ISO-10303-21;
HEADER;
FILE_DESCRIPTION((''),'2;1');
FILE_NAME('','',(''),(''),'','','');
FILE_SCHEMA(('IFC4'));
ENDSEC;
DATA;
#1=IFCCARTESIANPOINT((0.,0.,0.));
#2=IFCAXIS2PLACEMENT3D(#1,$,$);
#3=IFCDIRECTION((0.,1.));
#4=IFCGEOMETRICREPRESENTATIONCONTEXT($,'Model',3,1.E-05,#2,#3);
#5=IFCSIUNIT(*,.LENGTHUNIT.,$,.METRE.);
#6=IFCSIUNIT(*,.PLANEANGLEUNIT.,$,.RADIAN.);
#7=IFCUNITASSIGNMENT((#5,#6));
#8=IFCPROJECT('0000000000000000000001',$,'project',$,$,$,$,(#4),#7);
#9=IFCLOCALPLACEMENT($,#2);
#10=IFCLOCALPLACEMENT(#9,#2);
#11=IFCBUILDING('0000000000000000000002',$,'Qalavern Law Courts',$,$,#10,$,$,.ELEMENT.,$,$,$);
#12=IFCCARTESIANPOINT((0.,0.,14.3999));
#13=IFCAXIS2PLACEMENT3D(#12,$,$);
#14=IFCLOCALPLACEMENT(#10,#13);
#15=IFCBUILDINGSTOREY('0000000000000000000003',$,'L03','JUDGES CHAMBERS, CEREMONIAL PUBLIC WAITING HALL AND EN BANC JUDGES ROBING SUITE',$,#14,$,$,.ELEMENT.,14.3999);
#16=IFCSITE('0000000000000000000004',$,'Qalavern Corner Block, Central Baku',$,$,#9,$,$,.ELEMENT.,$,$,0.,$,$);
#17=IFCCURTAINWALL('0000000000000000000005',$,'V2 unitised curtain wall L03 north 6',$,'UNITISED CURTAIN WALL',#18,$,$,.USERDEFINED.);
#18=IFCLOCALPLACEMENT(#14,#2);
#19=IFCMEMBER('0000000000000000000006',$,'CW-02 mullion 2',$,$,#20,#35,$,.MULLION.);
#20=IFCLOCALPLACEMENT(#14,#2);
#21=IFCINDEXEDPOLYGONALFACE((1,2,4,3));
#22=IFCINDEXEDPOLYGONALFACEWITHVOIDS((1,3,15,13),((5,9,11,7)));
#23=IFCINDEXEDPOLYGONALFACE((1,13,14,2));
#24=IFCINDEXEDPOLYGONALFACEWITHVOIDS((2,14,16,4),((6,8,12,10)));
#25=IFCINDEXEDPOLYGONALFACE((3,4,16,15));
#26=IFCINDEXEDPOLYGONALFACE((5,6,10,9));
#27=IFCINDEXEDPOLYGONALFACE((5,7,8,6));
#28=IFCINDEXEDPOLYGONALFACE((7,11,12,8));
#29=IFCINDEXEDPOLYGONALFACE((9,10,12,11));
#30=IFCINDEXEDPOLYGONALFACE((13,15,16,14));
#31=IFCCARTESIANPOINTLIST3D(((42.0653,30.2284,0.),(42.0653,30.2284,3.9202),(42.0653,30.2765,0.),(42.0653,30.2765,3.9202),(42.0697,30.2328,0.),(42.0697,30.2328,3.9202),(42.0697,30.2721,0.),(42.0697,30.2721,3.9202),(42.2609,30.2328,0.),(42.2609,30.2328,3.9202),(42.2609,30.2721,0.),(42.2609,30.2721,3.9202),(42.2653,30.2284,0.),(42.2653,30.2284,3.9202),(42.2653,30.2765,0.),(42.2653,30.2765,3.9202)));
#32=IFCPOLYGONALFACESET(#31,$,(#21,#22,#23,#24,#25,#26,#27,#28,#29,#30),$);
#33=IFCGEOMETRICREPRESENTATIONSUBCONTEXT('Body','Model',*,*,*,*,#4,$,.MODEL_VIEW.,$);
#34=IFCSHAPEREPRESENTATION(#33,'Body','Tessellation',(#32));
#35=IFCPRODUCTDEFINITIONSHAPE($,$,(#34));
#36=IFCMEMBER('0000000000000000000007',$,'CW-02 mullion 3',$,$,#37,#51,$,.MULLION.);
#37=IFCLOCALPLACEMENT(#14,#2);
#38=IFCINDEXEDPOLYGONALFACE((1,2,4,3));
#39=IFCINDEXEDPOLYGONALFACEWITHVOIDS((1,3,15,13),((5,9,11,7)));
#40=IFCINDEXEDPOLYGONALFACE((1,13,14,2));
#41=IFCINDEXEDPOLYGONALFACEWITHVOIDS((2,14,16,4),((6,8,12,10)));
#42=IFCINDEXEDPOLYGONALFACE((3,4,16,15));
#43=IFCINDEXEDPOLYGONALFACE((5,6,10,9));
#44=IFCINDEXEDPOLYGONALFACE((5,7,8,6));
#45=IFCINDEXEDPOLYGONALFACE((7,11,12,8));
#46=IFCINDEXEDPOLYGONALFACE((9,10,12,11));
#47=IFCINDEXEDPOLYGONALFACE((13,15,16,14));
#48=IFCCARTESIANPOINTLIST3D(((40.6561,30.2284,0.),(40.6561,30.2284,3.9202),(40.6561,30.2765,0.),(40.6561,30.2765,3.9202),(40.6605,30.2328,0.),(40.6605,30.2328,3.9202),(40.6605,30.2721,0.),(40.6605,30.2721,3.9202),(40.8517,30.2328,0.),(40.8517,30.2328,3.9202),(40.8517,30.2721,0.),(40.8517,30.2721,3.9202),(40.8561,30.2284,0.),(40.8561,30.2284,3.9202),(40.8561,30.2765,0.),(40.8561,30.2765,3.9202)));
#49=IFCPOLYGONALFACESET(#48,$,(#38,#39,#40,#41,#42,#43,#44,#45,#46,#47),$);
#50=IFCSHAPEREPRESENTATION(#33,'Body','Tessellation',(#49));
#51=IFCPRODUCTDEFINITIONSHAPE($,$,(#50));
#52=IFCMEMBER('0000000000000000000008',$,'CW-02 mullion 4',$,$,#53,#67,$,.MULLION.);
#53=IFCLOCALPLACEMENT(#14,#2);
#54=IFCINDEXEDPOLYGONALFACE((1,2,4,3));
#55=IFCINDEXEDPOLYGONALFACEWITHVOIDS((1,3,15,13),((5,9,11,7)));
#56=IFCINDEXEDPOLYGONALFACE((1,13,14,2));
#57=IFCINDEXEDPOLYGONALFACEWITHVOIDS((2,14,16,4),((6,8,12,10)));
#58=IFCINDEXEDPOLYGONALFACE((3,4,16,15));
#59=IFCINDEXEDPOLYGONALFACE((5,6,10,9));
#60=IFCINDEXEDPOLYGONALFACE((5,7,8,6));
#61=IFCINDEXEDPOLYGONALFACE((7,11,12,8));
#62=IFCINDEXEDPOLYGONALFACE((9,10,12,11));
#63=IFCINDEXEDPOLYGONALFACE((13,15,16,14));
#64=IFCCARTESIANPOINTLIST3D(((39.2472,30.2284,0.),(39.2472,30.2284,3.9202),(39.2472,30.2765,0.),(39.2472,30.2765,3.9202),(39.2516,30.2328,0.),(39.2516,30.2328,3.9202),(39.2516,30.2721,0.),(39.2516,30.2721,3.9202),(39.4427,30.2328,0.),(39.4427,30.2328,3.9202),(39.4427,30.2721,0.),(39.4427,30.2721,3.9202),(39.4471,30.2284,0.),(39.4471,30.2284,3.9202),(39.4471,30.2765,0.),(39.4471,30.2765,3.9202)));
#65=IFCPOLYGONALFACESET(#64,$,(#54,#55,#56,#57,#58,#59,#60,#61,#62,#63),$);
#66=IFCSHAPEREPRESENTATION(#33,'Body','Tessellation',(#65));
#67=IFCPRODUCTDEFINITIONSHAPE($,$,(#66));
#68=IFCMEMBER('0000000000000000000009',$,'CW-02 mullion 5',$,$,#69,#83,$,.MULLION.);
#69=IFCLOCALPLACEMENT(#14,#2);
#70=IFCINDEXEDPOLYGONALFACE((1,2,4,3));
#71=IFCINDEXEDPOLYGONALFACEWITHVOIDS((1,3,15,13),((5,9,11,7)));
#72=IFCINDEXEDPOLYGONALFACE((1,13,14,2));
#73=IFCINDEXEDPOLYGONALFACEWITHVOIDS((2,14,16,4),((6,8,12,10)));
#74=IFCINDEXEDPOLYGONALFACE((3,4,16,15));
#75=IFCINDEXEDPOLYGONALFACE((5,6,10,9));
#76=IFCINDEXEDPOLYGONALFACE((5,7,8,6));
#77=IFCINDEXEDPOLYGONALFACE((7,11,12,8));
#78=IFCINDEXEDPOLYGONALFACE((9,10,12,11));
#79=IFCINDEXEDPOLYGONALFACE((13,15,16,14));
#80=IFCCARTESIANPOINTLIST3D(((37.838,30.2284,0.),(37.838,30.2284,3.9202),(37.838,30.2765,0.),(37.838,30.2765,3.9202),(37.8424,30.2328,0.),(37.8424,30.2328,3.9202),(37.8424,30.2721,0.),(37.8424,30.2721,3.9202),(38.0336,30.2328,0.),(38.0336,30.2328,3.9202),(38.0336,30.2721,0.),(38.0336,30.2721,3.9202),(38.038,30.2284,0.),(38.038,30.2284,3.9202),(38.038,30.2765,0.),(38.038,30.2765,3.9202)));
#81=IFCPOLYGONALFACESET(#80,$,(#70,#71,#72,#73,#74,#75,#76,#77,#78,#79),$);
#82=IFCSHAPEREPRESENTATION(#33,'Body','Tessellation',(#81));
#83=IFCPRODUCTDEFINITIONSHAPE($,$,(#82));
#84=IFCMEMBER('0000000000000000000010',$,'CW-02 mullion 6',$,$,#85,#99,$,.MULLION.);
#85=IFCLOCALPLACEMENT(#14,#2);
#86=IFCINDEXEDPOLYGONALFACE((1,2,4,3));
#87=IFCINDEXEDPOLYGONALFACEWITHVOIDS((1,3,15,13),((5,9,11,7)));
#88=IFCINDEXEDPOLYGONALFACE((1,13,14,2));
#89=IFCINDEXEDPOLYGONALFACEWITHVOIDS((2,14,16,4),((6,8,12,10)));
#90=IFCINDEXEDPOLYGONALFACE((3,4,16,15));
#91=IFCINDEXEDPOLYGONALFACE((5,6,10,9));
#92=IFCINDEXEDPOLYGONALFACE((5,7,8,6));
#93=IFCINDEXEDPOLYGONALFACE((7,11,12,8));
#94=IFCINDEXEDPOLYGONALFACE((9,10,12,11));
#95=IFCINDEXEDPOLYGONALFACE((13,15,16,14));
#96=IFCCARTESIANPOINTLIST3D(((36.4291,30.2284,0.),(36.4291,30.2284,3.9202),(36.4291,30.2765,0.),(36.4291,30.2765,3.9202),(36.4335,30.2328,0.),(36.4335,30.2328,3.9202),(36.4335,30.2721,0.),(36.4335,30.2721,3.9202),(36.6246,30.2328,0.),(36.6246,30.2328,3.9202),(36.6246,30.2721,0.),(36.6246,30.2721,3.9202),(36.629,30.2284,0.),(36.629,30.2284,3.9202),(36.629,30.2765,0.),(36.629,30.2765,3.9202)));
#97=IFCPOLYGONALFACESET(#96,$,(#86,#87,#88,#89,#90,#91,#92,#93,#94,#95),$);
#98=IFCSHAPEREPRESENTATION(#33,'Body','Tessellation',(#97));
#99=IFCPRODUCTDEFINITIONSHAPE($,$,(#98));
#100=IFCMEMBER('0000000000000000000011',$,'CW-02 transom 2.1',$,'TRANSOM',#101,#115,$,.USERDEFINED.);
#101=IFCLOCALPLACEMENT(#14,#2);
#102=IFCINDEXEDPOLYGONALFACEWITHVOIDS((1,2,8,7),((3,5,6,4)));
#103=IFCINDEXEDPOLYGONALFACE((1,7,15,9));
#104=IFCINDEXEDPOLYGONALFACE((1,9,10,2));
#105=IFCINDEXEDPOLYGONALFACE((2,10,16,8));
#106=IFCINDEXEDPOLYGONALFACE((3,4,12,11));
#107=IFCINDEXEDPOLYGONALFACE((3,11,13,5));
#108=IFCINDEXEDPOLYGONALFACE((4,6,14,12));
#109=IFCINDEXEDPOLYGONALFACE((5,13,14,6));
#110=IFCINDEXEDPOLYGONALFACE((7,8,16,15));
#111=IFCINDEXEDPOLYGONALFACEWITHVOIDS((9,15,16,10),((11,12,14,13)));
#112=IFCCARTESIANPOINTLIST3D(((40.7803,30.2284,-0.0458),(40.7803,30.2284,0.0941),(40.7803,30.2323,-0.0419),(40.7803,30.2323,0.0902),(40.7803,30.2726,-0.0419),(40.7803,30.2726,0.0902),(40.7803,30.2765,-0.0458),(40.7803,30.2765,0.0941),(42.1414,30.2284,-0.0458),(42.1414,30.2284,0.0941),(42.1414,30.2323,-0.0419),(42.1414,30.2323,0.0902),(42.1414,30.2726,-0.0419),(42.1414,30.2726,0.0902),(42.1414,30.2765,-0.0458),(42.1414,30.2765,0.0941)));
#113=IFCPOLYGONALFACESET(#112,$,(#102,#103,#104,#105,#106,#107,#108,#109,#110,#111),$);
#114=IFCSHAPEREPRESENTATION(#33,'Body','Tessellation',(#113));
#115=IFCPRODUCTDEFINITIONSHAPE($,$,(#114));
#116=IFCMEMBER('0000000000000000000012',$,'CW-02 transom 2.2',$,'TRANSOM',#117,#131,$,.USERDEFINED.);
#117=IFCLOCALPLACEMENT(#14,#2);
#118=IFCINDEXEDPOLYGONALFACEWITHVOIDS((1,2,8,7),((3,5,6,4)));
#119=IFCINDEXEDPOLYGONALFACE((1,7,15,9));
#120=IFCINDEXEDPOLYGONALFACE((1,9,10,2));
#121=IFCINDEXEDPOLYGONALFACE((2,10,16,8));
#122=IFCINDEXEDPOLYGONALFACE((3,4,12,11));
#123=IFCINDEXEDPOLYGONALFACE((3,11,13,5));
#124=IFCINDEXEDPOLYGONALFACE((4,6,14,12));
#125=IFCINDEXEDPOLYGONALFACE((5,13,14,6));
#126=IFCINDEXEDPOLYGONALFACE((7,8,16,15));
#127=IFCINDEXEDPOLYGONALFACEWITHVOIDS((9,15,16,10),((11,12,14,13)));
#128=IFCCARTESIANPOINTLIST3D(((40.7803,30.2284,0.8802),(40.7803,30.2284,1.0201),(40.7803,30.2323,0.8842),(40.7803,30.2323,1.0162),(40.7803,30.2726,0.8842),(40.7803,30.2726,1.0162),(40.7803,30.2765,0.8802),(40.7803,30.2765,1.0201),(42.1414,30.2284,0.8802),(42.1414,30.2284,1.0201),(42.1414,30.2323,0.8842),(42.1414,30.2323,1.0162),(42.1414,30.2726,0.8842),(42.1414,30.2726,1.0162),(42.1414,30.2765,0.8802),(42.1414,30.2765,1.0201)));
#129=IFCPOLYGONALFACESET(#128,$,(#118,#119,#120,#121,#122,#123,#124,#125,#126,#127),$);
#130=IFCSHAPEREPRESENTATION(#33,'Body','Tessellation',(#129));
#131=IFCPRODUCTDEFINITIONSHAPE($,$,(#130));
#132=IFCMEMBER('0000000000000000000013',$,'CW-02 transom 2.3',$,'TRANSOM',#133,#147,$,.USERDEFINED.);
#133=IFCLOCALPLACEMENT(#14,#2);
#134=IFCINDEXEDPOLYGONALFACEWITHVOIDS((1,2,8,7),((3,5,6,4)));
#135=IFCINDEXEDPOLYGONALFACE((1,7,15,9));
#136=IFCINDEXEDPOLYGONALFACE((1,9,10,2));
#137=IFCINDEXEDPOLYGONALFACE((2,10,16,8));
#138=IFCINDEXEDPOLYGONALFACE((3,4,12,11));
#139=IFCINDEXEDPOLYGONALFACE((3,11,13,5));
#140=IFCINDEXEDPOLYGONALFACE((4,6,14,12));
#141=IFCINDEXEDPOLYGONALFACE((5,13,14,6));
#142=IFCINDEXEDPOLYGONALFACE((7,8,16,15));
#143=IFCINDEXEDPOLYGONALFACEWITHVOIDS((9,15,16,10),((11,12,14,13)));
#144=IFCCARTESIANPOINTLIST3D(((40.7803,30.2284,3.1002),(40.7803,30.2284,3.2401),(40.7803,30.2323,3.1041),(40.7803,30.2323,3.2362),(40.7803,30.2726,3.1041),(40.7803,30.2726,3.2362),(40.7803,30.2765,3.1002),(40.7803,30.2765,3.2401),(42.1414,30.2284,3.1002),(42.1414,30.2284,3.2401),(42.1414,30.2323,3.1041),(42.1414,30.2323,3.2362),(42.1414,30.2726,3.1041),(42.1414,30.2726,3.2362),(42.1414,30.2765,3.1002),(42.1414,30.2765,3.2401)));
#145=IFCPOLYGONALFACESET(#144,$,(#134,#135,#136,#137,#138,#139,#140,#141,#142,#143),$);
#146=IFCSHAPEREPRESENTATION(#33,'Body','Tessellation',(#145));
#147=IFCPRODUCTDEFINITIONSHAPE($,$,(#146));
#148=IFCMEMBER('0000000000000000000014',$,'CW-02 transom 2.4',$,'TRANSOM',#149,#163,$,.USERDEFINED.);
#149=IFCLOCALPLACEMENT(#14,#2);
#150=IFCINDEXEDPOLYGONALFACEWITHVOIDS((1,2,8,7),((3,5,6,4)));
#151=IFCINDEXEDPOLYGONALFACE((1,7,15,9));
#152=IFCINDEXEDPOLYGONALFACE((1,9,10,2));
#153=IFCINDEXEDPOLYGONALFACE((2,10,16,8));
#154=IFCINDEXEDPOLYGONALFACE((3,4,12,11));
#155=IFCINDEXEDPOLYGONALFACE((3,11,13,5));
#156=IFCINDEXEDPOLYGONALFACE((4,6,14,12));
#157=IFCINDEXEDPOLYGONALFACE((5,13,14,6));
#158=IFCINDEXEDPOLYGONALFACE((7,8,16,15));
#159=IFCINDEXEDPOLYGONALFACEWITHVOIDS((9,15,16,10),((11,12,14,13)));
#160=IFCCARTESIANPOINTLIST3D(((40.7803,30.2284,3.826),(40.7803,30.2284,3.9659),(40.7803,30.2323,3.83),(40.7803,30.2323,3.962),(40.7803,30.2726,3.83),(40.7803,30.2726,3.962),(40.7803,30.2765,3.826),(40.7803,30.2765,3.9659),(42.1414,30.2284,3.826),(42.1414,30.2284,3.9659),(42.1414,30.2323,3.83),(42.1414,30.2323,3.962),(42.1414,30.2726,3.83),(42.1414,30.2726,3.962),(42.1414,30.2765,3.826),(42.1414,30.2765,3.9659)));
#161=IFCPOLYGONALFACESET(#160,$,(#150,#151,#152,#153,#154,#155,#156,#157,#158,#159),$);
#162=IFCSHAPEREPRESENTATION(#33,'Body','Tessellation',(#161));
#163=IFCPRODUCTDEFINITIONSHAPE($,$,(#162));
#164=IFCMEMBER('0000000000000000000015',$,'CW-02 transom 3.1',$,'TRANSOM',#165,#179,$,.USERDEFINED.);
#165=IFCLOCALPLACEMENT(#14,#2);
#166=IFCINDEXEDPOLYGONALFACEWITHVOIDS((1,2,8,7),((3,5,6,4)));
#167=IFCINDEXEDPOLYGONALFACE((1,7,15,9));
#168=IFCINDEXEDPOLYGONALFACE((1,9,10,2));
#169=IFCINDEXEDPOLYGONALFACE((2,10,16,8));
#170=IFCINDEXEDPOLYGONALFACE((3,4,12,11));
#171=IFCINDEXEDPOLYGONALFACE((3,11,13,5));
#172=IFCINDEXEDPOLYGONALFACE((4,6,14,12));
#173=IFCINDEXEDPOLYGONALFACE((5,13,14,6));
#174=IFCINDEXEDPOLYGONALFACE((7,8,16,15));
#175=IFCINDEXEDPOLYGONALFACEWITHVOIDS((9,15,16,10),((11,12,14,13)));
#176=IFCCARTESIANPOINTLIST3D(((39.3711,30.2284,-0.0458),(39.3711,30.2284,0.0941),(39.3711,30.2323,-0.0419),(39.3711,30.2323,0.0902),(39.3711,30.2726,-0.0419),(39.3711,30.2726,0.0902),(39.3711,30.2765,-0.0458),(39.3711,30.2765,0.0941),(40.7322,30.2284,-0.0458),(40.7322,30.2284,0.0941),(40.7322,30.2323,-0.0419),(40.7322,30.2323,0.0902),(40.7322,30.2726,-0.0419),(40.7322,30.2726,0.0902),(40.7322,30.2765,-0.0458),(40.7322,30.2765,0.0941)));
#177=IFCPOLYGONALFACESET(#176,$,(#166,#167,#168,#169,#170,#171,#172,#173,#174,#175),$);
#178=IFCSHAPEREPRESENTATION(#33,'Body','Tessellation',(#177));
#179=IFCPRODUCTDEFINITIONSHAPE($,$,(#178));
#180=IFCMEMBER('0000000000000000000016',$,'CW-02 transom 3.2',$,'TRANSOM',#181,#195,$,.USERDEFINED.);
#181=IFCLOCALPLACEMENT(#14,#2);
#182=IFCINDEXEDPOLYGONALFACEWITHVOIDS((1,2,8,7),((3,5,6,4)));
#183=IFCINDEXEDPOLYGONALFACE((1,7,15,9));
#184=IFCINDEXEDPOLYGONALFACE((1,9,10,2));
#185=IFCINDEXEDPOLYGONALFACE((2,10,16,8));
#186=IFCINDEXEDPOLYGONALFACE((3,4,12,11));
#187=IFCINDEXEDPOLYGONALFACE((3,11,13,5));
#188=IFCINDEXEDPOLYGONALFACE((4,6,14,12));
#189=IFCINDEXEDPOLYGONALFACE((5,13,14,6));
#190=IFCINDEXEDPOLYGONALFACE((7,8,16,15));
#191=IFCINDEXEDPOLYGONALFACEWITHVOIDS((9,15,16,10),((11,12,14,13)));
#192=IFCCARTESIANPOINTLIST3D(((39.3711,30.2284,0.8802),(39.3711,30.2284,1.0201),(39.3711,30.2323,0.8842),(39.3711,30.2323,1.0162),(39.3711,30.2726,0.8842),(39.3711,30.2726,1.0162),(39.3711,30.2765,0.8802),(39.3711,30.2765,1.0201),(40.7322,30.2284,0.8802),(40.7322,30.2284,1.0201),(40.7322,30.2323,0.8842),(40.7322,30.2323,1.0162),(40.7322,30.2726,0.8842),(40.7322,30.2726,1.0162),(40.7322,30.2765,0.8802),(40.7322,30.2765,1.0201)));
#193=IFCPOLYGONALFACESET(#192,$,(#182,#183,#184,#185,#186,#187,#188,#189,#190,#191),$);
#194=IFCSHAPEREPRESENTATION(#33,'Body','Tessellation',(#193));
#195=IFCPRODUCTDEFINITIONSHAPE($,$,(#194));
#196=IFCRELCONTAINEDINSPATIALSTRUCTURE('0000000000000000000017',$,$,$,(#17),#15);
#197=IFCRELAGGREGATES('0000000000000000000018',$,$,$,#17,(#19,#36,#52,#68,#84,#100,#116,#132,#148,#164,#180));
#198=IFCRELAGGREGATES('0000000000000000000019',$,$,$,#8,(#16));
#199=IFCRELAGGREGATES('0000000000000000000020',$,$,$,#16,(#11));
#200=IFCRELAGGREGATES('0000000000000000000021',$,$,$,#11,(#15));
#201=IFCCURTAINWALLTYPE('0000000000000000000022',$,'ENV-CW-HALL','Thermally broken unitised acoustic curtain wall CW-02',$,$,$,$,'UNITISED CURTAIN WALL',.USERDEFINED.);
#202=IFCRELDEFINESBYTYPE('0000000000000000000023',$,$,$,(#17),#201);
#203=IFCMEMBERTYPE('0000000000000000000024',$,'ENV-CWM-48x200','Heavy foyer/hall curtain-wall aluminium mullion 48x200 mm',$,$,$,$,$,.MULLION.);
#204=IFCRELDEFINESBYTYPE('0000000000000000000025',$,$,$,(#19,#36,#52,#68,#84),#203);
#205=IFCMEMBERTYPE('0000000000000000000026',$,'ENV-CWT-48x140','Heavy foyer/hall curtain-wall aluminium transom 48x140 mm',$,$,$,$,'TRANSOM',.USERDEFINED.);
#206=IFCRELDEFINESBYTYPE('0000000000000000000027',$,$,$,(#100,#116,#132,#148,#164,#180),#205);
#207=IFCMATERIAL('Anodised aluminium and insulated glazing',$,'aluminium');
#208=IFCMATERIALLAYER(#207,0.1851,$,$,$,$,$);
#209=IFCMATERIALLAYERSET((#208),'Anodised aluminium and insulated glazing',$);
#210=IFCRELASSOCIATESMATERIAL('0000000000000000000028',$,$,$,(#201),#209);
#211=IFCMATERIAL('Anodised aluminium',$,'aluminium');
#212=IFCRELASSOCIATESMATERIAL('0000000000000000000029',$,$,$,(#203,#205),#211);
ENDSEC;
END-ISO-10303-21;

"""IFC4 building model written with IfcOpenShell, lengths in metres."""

from ifc_helpers import new_model, si_unit, direction, frame, origin, origin_2d, place, context, subcontext, project, spatial, hollow_rectangle, extrude, material, layer, layer_set, material_profile, profile_set, type_object, element, aggregate, save


model = new_model("IFC4")

# Units and contexts
model_context = context("Model", 3, precision=1e-05, world=origin(), true_north=direction((0.0, 1.0)))
body_context = subcontext(model_context, "Body", "Model", "MODEL_VIEW")
ifc_project = project(units=[si_unit("LENGTHUNIT", "METRE"), si_unit("PLANEANGLEUNIT", "RADIAN")], contexts=[model_context])

# Site, building, storey
site_placement = place(None, origin())
site = spatial("IfcSite", under=ifc_project, at=site_placement, Name="Qalavern Corner Block, Central Baku", CompositionType="ELEMENT", RefElevation=0.0)
building_placement = place(site_placement, origin())
building = spatial("IfcBuilding", under=site, at=building_placement, Name="Qalavern Law Courts", CompositionType="ELEMENT")
storey_placement = place(building_placement, frame((0.0, 0.0, 14.3999)))
storey = spatial("IfcBuildingStorey", under=building, at=storey_placement, Name="L03", Description="JUDGES CHAMBERS, CEREMONIAL PUBLIC WAITING HALL AND EN BANC JUDGES ROBING SUITE", CompositionType="ELEMENT", Elevation=14.3999)

# Curtain wall, members
ifc_material_1 = material(Name="Anodised aluminium and insulated glazing", Category="aluminium")
ifc_layer_1 = layer(ifc_material_1, 0.1851)
ifc_layer_set_1 = layer_set([ifc_layer_1], Name="Anodised aluminium and insulated glazing")
curtain_wall_type = type_object("IfcCurtainWallType", Name="ENV-CW-HALL", Description="Thermally broken unitised acoustic curtain wall CW-02", ElementType="UNITISED CURTAIN WALL", PredefinedType="USERDEFINED", material=ifc_layer_set_1)
curtain_wall_placement = place(storey_placement, origin())
curtain_wall = element("IfcCurtainWall", 1, at=curtain_wall_placement, inside=storey, type_object=curtain_wall_type, Name="V2 unitised curtain wall L03 north 6", ObjectType="UNITISED CURTAIN WALL", PredefinedType="USERDEFINED")
ifc_material_2 = material(Name="Anodised aluminium", Category="aluminium")
ifc_material_profile_1 = material_profile(ifc_material_2, hollow_rectangle(XDim=0.0481, YDim=0.2, WallThickness=0.0044, at=origin_2d()), Name="ALU MULLION 48x200")
ifc_profile_set_1 = profile_set([ifc_material_profile_1], Name="Anodised aluminium")
member_type_1 = type_object("IfcMemberType", Name="ENV-CWM-48x200", Description="Heavy foyer/hall curtain-wall aluminium mullion 48x200 mm", PredefinedType="MULLION", material=ifc_profile_set_1)
member_1_placement = place(storey_placement, frame((42.1653, 30.2524, 0.0), z_axis=(0.0, 0.0, 1.0), x_axis=(0.0, -1.0, 0.0)))
member_1 = element("IfcMember", 2, at=member_1_placement, type_object=member_type_1, Name="CW-02 mullion 2", PredefinedType="MULLION", context=body_context, shape_type="SweptSolid", body=[
    extrude(hollow_rectangle(XDim=0.0481, YDim=0.2, WallThickness=0.0044, at=origin_2d()), origin(), (0.0, 0.0, 1.0), 3.9202),
])
member_2_placement = place(storey_placement, frame((40.7561, 30.2524, 0.0), z_axis=(0.0, 0.0, 1.0), x_axis=(0.0, -1.0, 0.0)))
member_2 = element("IfcMember", 3, at=member_2_placement, type_object=member_type_1, Name="CW-02 mullion 3", PredefinedType="MULLION", context=body_context, shape_type="SweptSolid", body=[
    extrude(hollow_rectangle(XDim=0.0481, YDim=0.2, WallThickness=0.0044, at=origin_2d()), origin(), (0.0, 0.0, 1.0), 3.9202),
])
member_3_placement = place(storey_placement, frame((39.3472, 30.2524, 0.0), z_axis=(0.0, 0.0, 1.0), x_axis=(0.0, -1.0, 0.0)))
member_3 = element("IfcMember", 4, at=member_3_placement, type_object=member_type_1, Name="CW-02 mullion 4", PredefinedType="MULLION", context=body_context, shape_type="SweptSolid", body=[
    extrude(hollow_rectangle(XDim=0.0481, YDim=0.2, WallThickness=0.0044, at=origin_2d()), origin(), (0.0, 0.0, 1.0), 3.9202),
])
member_4_placement = place(storey_placement, frame((37.938, 30.2524, 0.0), z_axis=(0.0, 0.0, 1.0), x_axis=(0.0, -1.0, 0.0)))
member_4 = element("IfcMember", 5, at=member_4_placement, type_object=member_type_1, Name="CW-02 mullion 5", PredefinedType="MULLION", context=body_context, shape_type="SweptSolid", body=[
    extrude(hollow_rectangle(XDim=0.0481, YDim=0.2, WallThickness=0.0044, at=origin_2d()), origin(), (0.0, 0.0, 1.0), 3.9202),
])
member_5_placement = place(storey_placement, frame((36.5291, 30.2524, 0.0), z_axis=(0.0, 0.0, 1.0), x_axis=(0.0, -1.0, 0.0)))
member_5 = element("IfcMember", 6, at=member_5_placement, type_object=member_type_1, Name="CW-02 mullion 6", PredefinedType="MULLION", context=body_context, shape_type="SweptSolid", body=[
    extrude(hollow_rectangle(XDim=0.0481, YDim=0.2, WallThickness=0.0044, at=origin_2d()), origin(), (0.0, 0.0, 1.0), 3.9202),
])
ifc_material_profile_2 = material_profile(ifc_material_2, hollow_rectangle(XDim=0.0481, YDim=0.1399, WallThickness=0.0039, at=origin_2d()), Name="ALU TRANSOM 48x140")
ifc_profile_set_2 = profile_set([ifc_material_profile_2], Name="Anodised aluminium")
member_type_2 = type_object("IfcMemberType", Name="ENV-CWT-48x140", Description="Heavy foyer/hall curtain-wall aluminium transom 48x140 mm", ElementType="TRANSOM", PredefinedType="USERDEFINED", material=ifc_profile_set_2)
member_6_placement = place(storey_placement, frame((42.1414, 30.2524, 0.0242), z_axis=(-1.0, 0.0, 0.0), x_axis=(0.0, -1.0, 0.0)))
member_6 = element("IfcMember", 7, at=member_6_placement, type_object=member_type_2, Name="CW-02 transom 2.1", ObjectType="TRANSOM", PredefinedType="USERDEFINED", context=body_context, shape_type="SweptSolid", body=[
    extrude(hollow_rectangle(XDim=0.0481, YDim=0.1399, WallThickness=0.0039, at=origin_2d()), origin(), (0.0, 0.0, 1.0), 1.3611),
])
member_7_placement = place(storey_placement, frame((42.1414, 30.2524, 0.9502), z_axis=(-1.0, 0.0, 0.0), x_axis=(0.0, -1.0, 0.0)))
member_7 = element("IfcMember", 8, at=member_7_placement, type_object=member_type_2, Name="CW-02 transom 2.2", ObjectType="TRANSOM", PredefinedType="USERDEFINED", context=body_context, shape_type="SweptSolid", body=[
    extrude(hollow_rectangle(XDim=0.0481, YDim=0.1399, WallThickness=0.0039, at=origin_2d()), origin(), (0.0, 0.0, 1.0), 1.3611),
])
member_8_placement = place(storey_placement, frame((42.1414, 30.2524, 3.1702), z_axis=(-1.0, 0.0, 0.0), x_axis=(0.0, -1.0, 0.0)))
member_8 = element("IfcMember", 9, at=member_8_placement, type_object=member_type_2, Name="CW-02 transom 2.3", ObjectType="TRANSOM", PredefinedType="USERDEFINED", context=body_context, shape_type="SweptSolid", body=[
    extrude(hollow_rectangle(XDim=0.0481, YDim=0.1399, WallThickness=0.0039, at=origin_2d()), origin(), (0.0, 0.0, 1.0), 1.3611),
])
member_9_placement = place(storey_placement, frame((42.1414, 30.2524, 3.896), z_axis=(-1.0, 0.0, 0.0), x_axis=(0.0, -1.0, 0.0)))
member_9 = element("IfcMember", 10, at=member_9_placement, type_object=member_type_2, Name="CW-02 transom 2.4", ObjectType="TRANSOM", PredefinedType="USERDEFINED", context=body_context, shape_type="SweptSolid", body=[
    extrude(hollow_rectangle(XDim=0.0481, YDim=0.1399, WallThickness=0.0039, at=origin_2d()), origin(), (0.0, 0.0, 1.0), 1.3611),
])
member_10_placement = place(storey_placement, frame((40.7322, 30.2524, 0.0242), z_axis=(-1.0, 0.0, 0.0), x_axis=(0.0, -1.0, 0.0)))
member_10 = element("IfcMember", 11, at=member_10_placement, type_object=member_type_2, Name="CW-02 transom 3.1", ObjectType="TRANSOM", PredefinedType="USERDEFINED", context=body_context, shape_type="SweptSolid", body=[
    extrude(hollow_rectangle(XDim=0.0481, YDim=0.1399, WallThickness=0.0039, at=origin_2d()), origin(), (0.0, 0.0, 1.0), 1.3611),
])
member_11_placement = place(storey_placement, frame((40.7322, 30.2524, 0.9502), z_axis=(-1.0, 0.0, 0.0), x_axis=(0.0, -1.0, 0.0)))
member_11 = element("IfcMember", 12, at=member_11_placement, type_object=member_type_2, Name="CW-02 transom 3.2", ObjectType="TRANSOM", PredefinedType="USERDEFINED", context=body_context, shape_type="SweptSolid", body=[
    extrude(hollow_rectangle(XDim=0.0481, YDim=0.1399, WallThickness=0.0039, at=origin_2d()), origin(), (0.0, 0.0, 1.0), 1.3611),
])
aggregate(curtain_wall, [member_1, member_2, member_3, member_4, member_5, member_6, member_7, member_8, member_9, member_10, member_11])

save(model, "model.ifc")
